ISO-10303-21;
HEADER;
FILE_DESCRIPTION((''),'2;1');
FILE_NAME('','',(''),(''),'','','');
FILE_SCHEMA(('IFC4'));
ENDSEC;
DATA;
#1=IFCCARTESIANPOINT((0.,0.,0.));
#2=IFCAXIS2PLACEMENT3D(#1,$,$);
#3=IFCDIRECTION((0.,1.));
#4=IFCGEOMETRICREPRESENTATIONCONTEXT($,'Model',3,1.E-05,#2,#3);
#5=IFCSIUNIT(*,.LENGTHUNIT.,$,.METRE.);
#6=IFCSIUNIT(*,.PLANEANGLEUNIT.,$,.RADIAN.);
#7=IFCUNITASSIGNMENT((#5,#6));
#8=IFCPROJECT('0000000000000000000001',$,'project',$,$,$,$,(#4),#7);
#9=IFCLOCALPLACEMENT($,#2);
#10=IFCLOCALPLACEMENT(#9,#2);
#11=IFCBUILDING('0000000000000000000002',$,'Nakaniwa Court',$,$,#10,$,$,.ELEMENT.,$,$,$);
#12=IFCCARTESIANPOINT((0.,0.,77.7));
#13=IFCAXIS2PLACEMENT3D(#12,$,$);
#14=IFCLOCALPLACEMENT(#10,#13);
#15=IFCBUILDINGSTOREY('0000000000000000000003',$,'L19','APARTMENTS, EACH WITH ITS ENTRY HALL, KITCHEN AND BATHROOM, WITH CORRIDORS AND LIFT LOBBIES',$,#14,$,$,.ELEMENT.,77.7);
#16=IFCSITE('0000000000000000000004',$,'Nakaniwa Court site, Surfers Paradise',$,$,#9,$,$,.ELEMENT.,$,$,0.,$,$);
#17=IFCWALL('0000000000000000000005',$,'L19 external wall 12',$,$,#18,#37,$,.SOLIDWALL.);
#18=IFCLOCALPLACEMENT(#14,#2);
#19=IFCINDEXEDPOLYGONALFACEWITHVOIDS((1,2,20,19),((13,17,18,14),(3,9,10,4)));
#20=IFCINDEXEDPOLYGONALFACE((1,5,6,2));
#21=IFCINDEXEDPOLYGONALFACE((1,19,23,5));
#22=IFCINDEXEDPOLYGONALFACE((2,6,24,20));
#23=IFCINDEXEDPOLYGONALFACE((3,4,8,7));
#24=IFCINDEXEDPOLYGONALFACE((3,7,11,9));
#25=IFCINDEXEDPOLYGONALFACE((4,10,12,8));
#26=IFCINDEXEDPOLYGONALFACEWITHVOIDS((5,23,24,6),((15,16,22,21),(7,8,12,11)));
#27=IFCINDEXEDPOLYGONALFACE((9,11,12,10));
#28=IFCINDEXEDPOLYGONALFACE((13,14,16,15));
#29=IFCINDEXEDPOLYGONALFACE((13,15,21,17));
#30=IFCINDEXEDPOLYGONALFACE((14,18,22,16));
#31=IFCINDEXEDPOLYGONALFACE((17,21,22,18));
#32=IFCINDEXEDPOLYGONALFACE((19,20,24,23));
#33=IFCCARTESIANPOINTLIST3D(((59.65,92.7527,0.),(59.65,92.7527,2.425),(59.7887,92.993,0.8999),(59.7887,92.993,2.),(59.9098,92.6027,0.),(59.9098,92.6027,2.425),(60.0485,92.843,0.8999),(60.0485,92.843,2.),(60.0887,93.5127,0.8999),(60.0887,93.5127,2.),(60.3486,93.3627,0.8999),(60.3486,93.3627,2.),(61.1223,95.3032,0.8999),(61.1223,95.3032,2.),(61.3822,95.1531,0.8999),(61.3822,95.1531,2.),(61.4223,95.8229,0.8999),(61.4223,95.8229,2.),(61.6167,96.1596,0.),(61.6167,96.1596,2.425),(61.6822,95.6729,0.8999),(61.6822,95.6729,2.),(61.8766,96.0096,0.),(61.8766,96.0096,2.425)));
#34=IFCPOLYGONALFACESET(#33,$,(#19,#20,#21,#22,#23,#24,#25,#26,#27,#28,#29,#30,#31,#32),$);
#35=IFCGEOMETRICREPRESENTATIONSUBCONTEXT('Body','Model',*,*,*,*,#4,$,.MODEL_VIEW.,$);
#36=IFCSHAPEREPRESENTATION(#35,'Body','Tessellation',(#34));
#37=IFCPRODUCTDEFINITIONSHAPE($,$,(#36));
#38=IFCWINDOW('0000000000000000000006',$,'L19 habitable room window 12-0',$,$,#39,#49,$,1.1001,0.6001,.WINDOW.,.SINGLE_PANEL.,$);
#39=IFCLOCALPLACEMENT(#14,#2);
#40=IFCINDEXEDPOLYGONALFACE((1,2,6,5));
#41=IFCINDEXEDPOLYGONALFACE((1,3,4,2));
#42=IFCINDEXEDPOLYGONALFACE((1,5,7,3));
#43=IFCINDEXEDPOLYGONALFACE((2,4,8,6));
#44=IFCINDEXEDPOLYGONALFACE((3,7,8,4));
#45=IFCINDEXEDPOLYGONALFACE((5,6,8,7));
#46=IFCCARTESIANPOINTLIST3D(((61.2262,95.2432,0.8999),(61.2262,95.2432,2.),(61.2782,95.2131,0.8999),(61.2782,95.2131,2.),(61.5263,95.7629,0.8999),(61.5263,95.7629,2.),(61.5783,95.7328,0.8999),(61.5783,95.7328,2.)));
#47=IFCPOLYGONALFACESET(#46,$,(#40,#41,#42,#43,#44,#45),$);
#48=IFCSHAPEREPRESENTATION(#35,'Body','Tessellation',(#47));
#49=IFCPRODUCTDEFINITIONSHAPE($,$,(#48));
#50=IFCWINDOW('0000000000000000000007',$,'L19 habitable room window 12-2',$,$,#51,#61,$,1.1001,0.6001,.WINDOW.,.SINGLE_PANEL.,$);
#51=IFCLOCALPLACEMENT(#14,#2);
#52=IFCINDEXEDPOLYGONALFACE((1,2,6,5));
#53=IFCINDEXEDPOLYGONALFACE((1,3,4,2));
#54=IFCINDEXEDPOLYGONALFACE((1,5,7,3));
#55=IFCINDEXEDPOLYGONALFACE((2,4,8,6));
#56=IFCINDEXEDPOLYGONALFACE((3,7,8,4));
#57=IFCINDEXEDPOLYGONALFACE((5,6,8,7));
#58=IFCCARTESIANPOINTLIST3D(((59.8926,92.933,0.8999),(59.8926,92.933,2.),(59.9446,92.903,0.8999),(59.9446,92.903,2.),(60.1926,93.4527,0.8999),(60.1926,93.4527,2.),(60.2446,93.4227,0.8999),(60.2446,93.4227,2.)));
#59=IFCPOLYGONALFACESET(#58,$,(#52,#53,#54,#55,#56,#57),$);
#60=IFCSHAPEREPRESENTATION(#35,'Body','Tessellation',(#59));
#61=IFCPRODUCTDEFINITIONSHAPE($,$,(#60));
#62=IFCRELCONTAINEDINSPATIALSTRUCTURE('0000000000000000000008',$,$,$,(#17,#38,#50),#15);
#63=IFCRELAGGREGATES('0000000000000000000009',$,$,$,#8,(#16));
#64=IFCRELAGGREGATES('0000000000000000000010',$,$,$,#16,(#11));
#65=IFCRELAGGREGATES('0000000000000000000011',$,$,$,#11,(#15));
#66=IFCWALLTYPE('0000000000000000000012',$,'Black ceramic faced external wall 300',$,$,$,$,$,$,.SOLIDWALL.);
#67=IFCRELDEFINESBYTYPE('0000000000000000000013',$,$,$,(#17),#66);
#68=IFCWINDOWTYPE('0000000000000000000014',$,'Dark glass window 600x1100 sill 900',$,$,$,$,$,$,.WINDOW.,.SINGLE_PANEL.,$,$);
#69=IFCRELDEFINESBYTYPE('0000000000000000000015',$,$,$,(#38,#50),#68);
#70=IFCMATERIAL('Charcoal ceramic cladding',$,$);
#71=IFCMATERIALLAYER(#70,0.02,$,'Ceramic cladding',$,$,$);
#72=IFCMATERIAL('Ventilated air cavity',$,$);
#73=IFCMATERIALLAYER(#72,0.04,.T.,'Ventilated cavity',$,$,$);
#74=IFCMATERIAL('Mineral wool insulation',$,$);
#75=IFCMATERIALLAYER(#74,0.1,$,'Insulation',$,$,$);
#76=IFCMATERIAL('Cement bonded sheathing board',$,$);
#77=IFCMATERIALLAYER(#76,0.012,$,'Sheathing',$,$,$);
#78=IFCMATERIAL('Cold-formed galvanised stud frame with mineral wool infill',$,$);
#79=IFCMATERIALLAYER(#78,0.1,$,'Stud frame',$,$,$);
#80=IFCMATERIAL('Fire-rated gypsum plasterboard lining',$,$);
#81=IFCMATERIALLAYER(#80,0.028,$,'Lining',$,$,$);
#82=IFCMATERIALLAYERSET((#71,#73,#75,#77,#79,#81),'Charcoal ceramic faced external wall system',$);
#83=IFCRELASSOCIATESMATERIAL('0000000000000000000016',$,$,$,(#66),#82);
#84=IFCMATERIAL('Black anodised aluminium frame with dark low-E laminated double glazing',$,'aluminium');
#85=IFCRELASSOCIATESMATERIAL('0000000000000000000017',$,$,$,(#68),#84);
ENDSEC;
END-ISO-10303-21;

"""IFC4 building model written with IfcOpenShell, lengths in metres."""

from ifc_helpers import new_model, si_unit, direction, frame, frame_2d, origin, place, context, subcontext, project, spatial, rectangle, extrude, material, layer, layer_set, type_object, element, fill, save


model = new_model("IFC4")

# Units and contexts
model_context = context("Model", 3, precision=1e-05, world=origin(), true_north=direction((0.0, 1.0)))
body_context = subcontext(model_context, "Body", "Model", "MODEL_VIEW")
ifc_project = project(units=[si_unit("LENGTHUNIT", "METRE"), si_unit("PLANEANGLEUNIT", "RADIAN")], contexts=[model_context])

# Site, building, storey
site_placement = place(None, origin())
site = spatial("IfcSite", under=ifc_project, at=site_placement, Name="Nakaniwa Court site, Surfers Paradise", CompositionType="ELEMENT", RefElevation=0.0)
building_placement = place(site_placement, origin())
building = spatial("IfcBuilding", under=site, at=building_placement, Name="Nakaniwa Court", CompositionType="ELEMENT")
storey_placement = place(building_placement, frame((0.0, 0.0, 77.7)))
storey = spatial("IfcBuildingStorey", under=building, at=storey_placement, Name="L19", Description="APARTMENTS, EACH WITH ITS ENTRY HALL, KITCHEN AND BATHROOM, WITH CORRIDORS AND LIFT LOBBIES", CompositionType="ELEMENT", Elevation=77.7)

# Shared definitions
ifc_material_1 = material(Name="Charcoal ceramic cladding")
ifc_layer_1 = layer(ifc_material_1, 0.02, Name="Ceramic cladding")
ifc_material_2 = material(Name="Ventilated air cavity")
ifc_layer_2 = layer(ifc_material_2, 0.04, ventilated=True, Name="Ventilated cavity")
ifc_material_3 = material(Name="Mineral wool insulation")
ifc_layer_3 = layer(ifc_material_3, 0.1, Name="Insulation")
ifc_material_4 = material(Name="Cement bonded sheathing board")
ifc_layer_4 = layer(ifc_material_4, 0.012, Name="Sheathing")
ifc_material_5 = material(Name="Cold-formed galvanised stud frame with mineral wool infill")
ifc_layer_5 = layer(ifc_material_5, 0.1, Name="Stud frame")
ifc_material_6 = material(Name="Fire-rated gypsum plasterboard lining")
ifc_layer_6 = layer(ifc_material_6, 0.028, Name="Lining")
ifc_layer_set_1 = layer_set([ifc_layer_1, ifc_layer_2, ifc_layer_3, ifc_layer_4, ifc_layer_5, ifc_layer_6], Name="Charcoal ceramic faced external wall system")
wall_type_1 = type_object("IfcWallType", Name="Black ceramic faced external wall 300", PredefinedType="SOLIDWALL", material=ifc_layer_set_1)
ifc_material_7 = material(Name="Black anodised aluminium frame with dark low-E laminated double glazing", Category="aluminium")
window_type_1 = type_object("IfcWindowType", Name="Dark glass window 600x1100 sill 900", PartitioningType="SINGLE_PANEL", PredefinedType="WINDOW", material=ifc_material_7)

# Wall, openings, windows
wall_1_placement = place(storey_placement, frame((61.7466, 96.0845, 0.0), z_axis=(0.0, 0.0, 1.0), x_axis=(-0.499957, -0.86605, 0.0)))
wall_1 = element("IfcWall", 1, at=wall_1_placement, inside=storey, type_object=wall_type_1, Name="L19 external wall 12", PredefinedType="SOLIDWALL", context=body_context, shape_type="SweptSolid", body=[
    extrude(rectangle(XDim=3.9338, YDim=0.3, at=frame_2d((1.9668, 0.0))), origin(), (0.0, 0.0, 1.0), 2.425),
])
opening_1_placement = place(wall_1_placement, frame((0.3887, 0.0, 0.8999)))
opening_1 = element("IfcOpeningElement", 2, at=opening_1_placement, cuts=wall_1, PredefinedType="OPENING", context=body_context, shape_type="SweptSolid", body=[
    extrude(rectangle(XDim=0.6001, YDim=1.1001, at=frame_2d((0.3, 0.55))), frame((0.0, 0.1599, 0.0), z_axis=(0.0, -1.0, 0.0), x_axis=(1.0, 0.0, 0.0)), (0.0, 0.0, 1.0), 0.3201),
])
opening_2_placement = place(wall_1_placement, frame((3.0562, 0.0, 0.8999)))
opening_2 = element("IfcOpeningElement", 3, at=opening_2_placement, cuts=wall_1, PredefinedType="OPENING", context=body_context, shape_type="SweptSolid", body=[
    extrude(rectangle(XDim=0.6001, YDim=1.1001, at=frame_2d((0.3, 0.55))), frame((0.0, 0.1599, 0.0), z_axis=(0.0, -1.0, 0.0), x_axis=(1.0, 0.0, 0.0)), (0.0, 0.0, 1.0), 0.3201),
])
window_1_placement = place(opening_1_placement, origin())
window_1 = element("IfcWindow", 4, at=window_1_placement, inside=storey, type_object=window_type_1, Name="L19 habitable room window 12-0", OverallHeight=1.1001, OverallWidth=0.6001, PartitioningType="SINGLE_PANEL", PredefinedType="WINDOW", context=body_context, shape_type="SweptSolid", body=[
    extrude(rectangle(XDim=0.6001, YDim=1.1001, at=frame_2d((0.3, 0.55))), frame((0.0, 0.03, 0.0), z_axis=(0.0, -1.0, 0.0), x_axis=(1.0, 0.0, 0.0)), (0.0, 0.0, 1.0), 0.0601),
])
fill(opening_1, window_1)
window_2_placement = place(opening_2_placement, origin())
window_2 = element("IfcWindow", 5, at=window_2_placement, inside=storey, type_object=window_type_1, Name="L19 habitable room window 12-2", OverallHeight=1.1001, OverallWidth=0.6001, PartitioningType="SINGLE_PANEL", PredefinedType="WINDOW", context=body_context, shape_type="SweptSolid", body=[
    extrude(rectangle(XDim=0.6001, YDim=1.1001, at=frame_2d((0.3, 0.55))), frame((0.0, 0.03, 0.0), z_axis=(0.0, -1.0, 0.0), x_axis=(1.0, 0.0, 0.0)), (0.0, 0.0, 1.0), 0.0601),
])
fill(opening_2, window_2)

save(model, "model.ifc")
